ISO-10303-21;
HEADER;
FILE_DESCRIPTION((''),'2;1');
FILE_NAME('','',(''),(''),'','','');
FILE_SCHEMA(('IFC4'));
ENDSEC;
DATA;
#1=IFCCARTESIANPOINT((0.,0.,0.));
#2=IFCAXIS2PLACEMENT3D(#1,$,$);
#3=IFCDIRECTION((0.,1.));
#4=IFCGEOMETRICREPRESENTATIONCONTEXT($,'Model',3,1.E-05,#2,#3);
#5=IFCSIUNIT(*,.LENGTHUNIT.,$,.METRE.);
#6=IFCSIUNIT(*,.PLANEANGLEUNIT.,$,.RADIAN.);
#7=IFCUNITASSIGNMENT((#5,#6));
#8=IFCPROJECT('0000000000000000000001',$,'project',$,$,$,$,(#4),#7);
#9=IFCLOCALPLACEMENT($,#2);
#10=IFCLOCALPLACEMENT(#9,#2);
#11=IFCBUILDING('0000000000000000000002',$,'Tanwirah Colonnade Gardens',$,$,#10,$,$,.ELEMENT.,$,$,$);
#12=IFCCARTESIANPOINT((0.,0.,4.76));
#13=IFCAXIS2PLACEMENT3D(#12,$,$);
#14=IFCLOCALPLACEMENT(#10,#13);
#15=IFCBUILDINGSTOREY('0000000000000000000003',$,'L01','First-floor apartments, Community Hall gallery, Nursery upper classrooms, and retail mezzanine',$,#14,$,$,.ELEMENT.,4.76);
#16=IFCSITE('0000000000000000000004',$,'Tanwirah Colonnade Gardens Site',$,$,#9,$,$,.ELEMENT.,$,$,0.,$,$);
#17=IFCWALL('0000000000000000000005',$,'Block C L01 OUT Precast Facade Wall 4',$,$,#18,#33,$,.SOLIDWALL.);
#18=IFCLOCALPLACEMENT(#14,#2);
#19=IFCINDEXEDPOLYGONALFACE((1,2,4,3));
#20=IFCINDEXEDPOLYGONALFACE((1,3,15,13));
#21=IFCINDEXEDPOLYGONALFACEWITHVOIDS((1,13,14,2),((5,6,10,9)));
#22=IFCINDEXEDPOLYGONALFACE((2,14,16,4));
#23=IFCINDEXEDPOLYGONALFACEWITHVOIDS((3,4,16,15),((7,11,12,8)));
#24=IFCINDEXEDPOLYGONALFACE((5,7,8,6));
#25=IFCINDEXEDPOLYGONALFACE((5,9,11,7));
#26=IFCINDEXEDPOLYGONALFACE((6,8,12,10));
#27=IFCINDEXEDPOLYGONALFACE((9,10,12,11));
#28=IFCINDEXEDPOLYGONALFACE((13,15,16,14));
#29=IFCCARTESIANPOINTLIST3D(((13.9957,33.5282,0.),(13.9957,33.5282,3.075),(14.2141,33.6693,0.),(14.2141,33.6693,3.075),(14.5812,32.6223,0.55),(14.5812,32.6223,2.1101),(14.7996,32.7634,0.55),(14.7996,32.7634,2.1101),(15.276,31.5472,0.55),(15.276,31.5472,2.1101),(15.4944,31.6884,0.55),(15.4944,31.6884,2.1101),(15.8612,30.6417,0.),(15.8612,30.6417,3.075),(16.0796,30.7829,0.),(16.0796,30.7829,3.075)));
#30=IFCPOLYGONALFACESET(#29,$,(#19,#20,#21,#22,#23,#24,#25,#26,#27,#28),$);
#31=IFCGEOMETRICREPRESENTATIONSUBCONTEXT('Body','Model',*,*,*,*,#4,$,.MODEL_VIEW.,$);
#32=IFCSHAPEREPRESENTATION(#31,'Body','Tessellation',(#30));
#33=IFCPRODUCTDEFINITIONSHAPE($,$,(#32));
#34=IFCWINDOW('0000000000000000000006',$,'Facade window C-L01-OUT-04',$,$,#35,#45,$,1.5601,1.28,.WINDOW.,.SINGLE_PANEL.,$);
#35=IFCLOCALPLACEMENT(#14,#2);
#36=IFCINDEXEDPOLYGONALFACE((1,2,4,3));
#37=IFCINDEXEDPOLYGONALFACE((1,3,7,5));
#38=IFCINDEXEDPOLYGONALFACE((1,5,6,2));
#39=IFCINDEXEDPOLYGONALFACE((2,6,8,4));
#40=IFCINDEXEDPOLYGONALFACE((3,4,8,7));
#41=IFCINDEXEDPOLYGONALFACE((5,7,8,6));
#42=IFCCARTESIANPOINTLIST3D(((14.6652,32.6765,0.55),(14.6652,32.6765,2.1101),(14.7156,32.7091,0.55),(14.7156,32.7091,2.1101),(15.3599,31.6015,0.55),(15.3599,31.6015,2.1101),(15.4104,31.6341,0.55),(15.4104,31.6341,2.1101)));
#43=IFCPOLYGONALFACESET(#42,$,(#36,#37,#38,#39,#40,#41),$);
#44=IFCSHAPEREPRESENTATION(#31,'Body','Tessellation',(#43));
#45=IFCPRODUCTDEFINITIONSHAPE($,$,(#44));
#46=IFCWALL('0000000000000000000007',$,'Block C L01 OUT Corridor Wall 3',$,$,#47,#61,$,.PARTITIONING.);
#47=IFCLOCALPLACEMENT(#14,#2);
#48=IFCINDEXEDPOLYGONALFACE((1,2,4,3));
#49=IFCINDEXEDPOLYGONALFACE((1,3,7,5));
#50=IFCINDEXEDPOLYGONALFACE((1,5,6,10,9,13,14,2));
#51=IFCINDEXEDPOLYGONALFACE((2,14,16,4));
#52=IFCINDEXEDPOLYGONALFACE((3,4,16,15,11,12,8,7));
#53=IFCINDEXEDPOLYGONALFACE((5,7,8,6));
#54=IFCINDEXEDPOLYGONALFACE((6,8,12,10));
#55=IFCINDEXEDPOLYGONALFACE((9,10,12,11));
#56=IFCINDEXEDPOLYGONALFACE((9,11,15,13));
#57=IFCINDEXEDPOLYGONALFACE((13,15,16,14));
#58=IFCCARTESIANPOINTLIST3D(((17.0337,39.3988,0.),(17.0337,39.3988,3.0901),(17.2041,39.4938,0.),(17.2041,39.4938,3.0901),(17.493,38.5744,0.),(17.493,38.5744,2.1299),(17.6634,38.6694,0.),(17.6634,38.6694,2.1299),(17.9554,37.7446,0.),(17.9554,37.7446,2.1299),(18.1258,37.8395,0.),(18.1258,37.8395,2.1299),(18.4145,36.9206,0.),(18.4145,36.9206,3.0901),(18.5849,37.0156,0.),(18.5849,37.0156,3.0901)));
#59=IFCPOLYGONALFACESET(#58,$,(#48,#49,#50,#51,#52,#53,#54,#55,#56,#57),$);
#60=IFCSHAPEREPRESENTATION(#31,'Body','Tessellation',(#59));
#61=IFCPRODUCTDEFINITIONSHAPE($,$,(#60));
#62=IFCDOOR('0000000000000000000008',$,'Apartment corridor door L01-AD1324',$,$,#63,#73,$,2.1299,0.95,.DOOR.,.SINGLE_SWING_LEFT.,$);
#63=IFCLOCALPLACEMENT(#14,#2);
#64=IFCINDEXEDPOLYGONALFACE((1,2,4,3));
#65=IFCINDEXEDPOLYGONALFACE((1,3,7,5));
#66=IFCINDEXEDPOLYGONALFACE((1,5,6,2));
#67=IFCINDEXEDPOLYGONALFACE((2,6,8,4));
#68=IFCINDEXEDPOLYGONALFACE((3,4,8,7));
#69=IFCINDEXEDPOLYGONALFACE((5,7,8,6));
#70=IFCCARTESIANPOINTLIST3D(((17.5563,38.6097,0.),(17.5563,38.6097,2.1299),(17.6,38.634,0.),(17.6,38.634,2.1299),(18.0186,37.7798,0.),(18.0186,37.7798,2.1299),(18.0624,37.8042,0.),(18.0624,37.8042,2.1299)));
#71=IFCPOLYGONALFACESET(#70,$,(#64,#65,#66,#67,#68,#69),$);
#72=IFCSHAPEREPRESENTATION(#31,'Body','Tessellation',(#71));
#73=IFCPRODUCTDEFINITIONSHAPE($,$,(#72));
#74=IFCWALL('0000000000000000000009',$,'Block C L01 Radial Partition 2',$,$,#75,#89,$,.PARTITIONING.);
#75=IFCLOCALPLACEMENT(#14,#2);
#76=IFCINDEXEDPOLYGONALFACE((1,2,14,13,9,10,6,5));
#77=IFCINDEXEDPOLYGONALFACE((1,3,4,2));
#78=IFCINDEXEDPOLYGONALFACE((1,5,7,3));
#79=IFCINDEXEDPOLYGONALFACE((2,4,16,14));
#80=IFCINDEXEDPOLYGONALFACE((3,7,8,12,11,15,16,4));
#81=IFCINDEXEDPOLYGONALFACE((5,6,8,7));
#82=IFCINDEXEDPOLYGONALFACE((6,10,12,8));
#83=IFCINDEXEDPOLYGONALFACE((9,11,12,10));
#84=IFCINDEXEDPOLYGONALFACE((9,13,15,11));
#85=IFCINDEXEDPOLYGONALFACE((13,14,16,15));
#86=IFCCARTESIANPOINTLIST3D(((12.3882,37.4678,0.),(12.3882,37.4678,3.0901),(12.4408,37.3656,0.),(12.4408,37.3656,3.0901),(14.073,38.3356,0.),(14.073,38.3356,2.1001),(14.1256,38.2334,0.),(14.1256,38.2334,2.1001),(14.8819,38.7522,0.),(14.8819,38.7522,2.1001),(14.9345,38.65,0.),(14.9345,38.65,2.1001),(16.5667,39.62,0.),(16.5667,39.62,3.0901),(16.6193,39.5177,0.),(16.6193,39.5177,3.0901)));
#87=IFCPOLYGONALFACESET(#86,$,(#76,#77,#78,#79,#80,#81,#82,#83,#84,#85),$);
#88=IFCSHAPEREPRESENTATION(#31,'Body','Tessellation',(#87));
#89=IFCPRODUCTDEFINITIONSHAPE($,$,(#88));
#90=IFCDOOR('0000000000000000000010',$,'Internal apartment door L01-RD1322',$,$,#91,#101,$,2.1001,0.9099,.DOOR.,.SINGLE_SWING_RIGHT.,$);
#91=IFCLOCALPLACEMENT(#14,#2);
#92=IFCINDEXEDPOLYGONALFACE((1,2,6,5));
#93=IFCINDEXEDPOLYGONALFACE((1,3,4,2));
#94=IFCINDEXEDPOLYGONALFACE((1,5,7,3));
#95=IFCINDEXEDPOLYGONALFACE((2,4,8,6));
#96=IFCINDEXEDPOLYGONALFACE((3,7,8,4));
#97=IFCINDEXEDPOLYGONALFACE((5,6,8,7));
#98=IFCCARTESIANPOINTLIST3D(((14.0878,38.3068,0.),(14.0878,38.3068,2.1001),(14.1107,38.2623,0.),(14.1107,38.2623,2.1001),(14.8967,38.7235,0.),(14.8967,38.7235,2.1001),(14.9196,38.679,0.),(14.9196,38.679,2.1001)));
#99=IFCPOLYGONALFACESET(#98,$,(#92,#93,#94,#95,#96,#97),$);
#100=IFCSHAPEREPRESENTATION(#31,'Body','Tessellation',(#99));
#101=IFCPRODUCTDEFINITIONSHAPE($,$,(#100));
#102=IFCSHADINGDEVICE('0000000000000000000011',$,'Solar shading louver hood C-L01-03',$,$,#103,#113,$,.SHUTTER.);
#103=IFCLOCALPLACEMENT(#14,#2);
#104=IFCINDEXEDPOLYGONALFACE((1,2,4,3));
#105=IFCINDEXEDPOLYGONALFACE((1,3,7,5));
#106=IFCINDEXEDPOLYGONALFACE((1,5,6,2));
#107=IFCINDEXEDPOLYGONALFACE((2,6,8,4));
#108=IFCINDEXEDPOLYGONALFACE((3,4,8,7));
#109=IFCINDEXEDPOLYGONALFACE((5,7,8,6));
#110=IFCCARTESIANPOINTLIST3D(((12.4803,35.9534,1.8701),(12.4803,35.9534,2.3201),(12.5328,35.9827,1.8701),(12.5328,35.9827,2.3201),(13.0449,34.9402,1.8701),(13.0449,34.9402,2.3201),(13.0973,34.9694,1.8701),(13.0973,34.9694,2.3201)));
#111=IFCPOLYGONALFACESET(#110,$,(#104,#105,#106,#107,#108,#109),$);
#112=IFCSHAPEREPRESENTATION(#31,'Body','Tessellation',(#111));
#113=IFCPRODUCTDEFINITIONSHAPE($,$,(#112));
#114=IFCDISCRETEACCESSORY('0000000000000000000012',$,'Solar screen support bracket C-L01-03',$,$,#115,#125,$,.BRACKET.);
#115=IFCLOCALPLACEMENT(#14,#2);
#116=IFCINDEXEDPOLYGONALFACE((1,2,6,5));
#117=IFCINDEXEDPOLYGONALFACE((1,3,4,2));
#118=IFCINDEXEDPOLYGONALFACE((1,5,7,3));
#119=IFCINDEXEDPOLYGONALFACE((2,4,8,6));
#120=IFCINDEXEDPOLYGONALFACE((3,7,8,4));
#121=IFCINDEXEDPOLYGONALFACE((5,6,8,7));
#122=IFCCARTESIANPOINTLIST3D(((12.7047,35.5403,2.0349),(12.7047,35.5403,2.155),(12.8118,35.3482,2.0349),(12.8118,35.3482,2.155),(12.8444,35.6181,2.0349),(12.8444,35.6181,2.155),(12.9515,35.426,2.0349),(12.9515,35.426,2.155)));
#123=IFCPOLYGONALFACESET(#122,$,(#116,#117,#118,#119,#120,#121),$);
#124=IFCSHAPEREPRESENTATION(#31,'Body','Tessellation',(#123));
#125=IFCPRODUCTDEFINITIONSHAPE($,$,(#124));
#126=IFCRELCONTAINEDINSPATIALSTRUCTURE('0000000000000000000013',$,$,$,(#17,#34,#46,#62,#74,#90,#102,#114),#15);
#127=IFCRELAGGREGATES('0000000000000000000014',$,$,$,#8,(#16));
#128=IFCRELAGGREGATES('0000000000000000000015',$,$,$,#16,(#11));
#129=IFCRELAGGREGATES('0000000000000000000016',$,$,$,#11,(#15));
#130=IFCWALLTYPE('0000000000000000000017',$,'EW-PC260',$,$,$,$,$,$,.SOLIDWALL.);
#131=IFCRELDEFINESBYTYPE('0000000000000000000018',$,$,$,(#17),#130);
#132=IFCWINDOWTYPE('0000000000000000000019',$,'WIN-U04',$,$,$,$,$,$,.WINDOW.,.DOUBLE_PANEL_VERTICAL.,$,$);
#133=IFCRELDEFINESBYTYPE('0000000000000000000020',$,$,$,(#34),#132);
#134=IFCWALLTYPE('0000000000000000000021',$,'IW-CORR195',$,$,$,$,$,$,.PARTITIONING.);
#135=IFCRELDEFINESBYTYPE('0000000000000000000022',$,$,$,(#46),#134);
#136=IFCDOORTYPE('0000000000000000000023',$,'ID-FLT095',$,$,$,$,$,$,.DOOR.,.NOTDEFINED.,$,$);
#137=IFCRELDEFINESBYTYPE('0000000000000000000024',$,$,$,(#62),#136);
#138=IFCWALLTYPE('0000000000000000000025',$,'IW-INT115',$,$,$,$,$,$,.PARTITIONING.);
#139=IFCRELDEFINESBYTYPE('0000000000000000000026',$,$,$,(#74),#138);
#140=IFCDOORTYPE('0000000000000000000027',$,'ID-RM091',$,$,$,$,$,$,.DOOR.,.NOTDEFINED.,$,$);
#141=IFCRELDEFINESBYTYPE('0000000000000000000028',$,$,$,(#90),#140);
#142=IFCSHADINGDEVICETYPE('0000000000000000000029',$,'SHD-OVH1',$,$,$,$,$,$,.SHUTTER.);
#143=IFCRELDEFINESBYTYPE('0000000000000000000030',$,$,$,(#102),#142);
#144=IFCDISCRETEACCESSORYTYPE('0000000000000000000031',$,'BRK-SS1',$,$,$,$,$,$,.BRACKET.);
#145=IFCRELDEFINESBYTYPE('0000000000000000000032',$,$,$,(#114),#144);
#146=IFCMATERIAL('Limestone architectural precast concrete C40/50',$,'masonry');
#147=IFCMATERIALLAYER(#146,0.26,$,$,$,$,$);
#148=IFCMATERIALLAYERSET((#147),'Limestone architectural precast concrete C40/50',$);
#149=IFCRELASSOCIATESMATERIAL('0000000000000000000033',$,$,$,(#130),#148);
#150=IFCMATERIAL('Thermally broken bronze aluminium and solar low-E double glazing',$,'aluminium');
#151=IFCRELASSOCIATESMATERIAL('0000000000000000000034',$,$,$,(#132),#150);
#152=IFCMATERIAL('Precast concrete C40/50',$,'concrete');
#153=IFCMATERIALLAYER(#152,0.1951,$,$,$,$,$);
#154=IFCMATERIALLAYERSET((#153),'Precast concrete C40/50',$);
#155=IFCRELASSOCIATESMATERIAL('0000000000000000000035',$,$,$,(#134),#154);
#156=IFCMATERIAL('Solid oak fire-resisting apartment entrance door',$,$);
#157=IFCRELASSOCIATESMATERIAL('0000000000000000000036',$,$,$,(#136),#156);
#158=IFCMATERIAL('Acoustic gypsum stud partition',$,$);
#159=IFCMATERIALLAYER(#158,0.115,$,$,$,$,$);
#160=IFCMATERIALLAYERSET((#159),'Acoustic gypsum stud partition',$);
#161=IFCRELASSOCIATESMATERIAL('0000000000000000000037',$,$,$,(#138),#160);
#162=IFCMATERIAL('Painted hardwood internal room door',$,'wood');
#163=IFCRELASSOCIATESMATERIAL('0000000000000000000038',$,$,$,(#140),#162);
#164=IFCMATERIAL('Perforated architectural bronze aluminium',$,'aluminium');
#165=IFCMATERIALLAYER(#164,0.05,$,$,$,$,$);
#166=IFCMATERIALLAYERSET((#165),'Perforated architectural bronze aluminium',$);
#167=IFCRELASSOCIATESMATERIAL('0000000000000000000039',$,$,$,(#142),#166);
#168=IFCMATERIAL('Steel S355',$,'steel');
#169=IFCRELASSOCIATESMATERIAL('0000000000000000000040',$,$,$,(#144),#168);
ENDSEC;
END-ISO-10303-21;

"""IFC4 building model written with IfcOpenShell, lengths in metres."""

from ifc_helpers import new_model, si_unit, direction, frame, frame_2d, origin, origin_2d, place, context, subcontext, project, spatial, rectangle, extrude, material, layer, layer_set, type_object, element, fill, save


model = new_model("IFC4")

# Units and contexts
model_context = context("Model", 3, precision=1e-05, world=origin(), true_north=direction((0.0, 1.0)))
body_context = subcontext(model_context, "Body", "Model", "MODEL_VIEW")
ifc_project = project(units=[si_unit("LENGTHUNIT", "METRE"), si_unit("PLANEANGLEUNIT", "RADIAN")], contexts=[model_context])

# Site, building, storey
site_placement = place(None, origin())
site = spatial("IfcSite", under=ifc_project, at=site_placement, Name="Tanwirah Colonnade Gardens Site", CompositionType="ELEMENT", RefElevation=0.0)
building_placement = place(site_placement, origin())
building = spatial("IfcBuilding", under=site, at=building_placement, Name="Tanwirah Colonnade Gardens", CompositionType="ELEMENT")
storey_placement = place(building_placement, frame((0.0, 0.0, 4.76)))
storey = spatial("IfcBuildingStorey", under=building, at=storey_placement, Name="L01", Description="First-floor apartments, Community Hall gallery, Nursery upper classrooms, and retail mezzanine", CompositionType="ELEMENT", Elevation=4.76)

# Shared definitions
ifc_material_1 = material(Name="Precast concrete C40/50", Category="concrete")

# Wall, opening, window
ifc_material_2 = material(Name="Limestone architectural precast concrete C40/50", Category="masonry")
ifc_layer_1 = layer(ifc_material_2, 0.26)
ifc_layer_set_1 = layer_set([ifc_layer_1], Name="Limestone architectural precast concrete C40/50")
wall_type_1 = type_object("IfcWallType", Name="EW-PC260", PredefinedType="SOLIDWALL", material=ifc_layer_set_1)
ifc_material_3 = material(Name="Thermally broken bronze aluminium and solar low-E double glazing", Category="aluminium")
wall_1_placement = place(storey_placement, frame((14.105, 33.5986, 0.0), z_axis=(0.0, 0.0, 1.0), x_axis=(0.542792, -0.839867, 0.0)))
wall_1 = element("IfcWall", 1, at=wall_1_placement, inside=storey, type_object=wall_type_1, Name="Block C L01 OUT Precast Facade Wall 4", PredefinedType="SOLIDWALL", context=body_context, shape_type="SweptSolid", body=[
    extrude(rectangle(XDim=3.4368, YDim=0.26, at=frame_2d((1.7183, 0.0))), origin(), (0.0, 0.0, 1.0), 3.075),
])
opening_1_placement = place(wall_1_placement, frame((1.0784, 0.0, 0.55)))
opening_1 = element("IfcOpeningElement", 2, at=opening_1_placement, cuts=wall_1, PredefinedType="OPENING", context=body_context, shape_type="SweptSolid", body=[
    extrude(rectangle(XDim=1.28, YDim=1.5601, at=frame_2d((0.6401, 0.78))), frame((0.0, 0.1399, 0.0), z_axis=(0.0, -1.0, 0.0), x_axis=(1.0, 0.0, 0.0)), (0.0, 0.0, 1.0), 0.28),
])
window_type_1 = type_object("IfcWindowType", Name="WIN-U04", PartitioningType="DOUBLE_PANEL_VERTICAL", PredefinedType="WINDOW", material=ifc_material_3)
window_1_placement = place(opening_1_placement, origin())
window_1 = element("IfcWindow", 3, at=window_1_placement, inside=storey, type_object=window_type_1, Name="Facade window C-L01-OUT-04", OverallHeight=1.5601, OverallWidth=1.28, PartitioningType="SINGLE_PANEL", PredefinedType="WINDOW", context=body_context, shape_type="SweptSolid", body=[
    extrude(rectangle(XDim=1.28, YDim=1.5601, at=frame_2d((0.6401, 0.78))), frame((0.0, 0.03, 0.0), z_axis=(0.0, -1.0, 0.0), x_axis=(1.0, 0.0, 0.0)), (0.0, 0.0, 1.0), 0.0601),
])
fill(opening_1, window_1)

# Walls, openings, doors
ifc_layer_2 = layer(ifc_material_1, 0.1951)
ifc_layer_set_2 = layer_set([ifc_layer_2], Name="Precast concrete C40/50")
wall_type_2 = type_object("IfcWallType", Name="IW-CORR195", PredefinedType="PARTITIONING", material=ifc_layer_set_2)
wall_2_placement = place(storey_placement, frame((17.1189, 39.4463, 0.0), z_axis=(0.0, 0.0, 1.0), x_axis=(0.486731, -0.873552, 0.0)))
wall_2 = element("IfcWall", 4, at=wall_2_placement, inside=storey, type_object=wall_type_2, Name="Block C L01 OUT Corridor Wall 3", PredefinedType="PARTITIONING", context=body_context, shape_type="SweptSolid", body=[
    extrude(rectangle(XDim=2.8369, YDim=0.1951, at=frame_2d((1.4185, 0.0))), origin(), (0.0, 0.0, 1.0), 3.0901),
])
opening_2_placement = place(wall_2_placement, frame((0.9436, 0.0, 0.0)))
opening_2 = element("IfcOpeningElement", 5, at=opening_2_placement, cuts=wall_2, PredefinedType="OPENING", context=body_context, shape_type="SweptSolid", body=[
    extrude(rectangle(XDim=0.95, YDim=2.1299, at=frame_2d((0.4751, 1.0649))), frame((0.0, 0.1074, 0.0), z_axis=(0.0, -1.0, 0.0), x_axis=(1.0, 0.0, 0.0)), (0.0, 0.0, 1.0), 0.2151),
])
ifc_material_4 = material(Name="Solid oak fire-resisting apartment entrance door")
door_type_1 = type_object("IfcDoorType", Name="ID-FLT095", OperationType="NOTDEFINED", PredefinedType="DOOR", material=ifc_material_4)
door_1_placement = place(opening_2_placement, origin())
door_1 = element("IfcDoor", 6, at=door_1_placement, inside=storey, type_object=door_type_1, Name="Apartment corridor door L01-AD1324", OperationType="SINGLE_SWING_LEFT", OverallHeight=2.1299, OverallWidth=0.95, PredefinedType="DOOR", context=body_context, shape_type="SweptSolid", body=[
    extrude(rectangle(XDim=0.95, YDim=2.1299, at=frame_2d((0.4751, 1.0649))), frame((0.0, 0.0249, 0.0), z_axis=(0.0, -1.0, 0.0), x_axis=(1.0, 0.0, 0.0)), (0.0, 0.0, 1.0), 0.05),
])
fill(opening_2, door_1)
ifc_material_5 = material(Name="Acoustic gypsum stud partition")
ifc_layer_3 = layer(ifc_material_5, 0.115)
ifc_layer_set_3 = layer_set([ifc_layer_3], Name="Acoustic gypsum stud partition")
wall_type_3 = type_object("IfcWallType", Name="IW-INT115", PredefinedType="PARTITIONING", material=ifc_layer_set_3)
wall_3_placement = place(storey_placement, frame((16.593, 39.5688, 0.0), z_axis=(0.0, 0.0, 1.0), x_axis=(-0.889013, -0.457882, 0.0)))
wall_3 = element("IfcWall", 7, at=wall_3_placement, inside=storey, type_object=wall_type_3, Name="Block C L01 Radial Partition 2", PredefinedType="PARTITIONING", context=body_context, shape_type="SweptSolid", body=[
    extrude(rectangle(XDim=4.7002, YDim=0.115, at=frame_2d((2.3501, 0.0))), origin(), (0.0, 0.0, 1.0), 3.0901),
])
opening_3_placement = place(wall_3_placement, frame((1.895, 0.0, 0.0)))
opening_3 = element("IfcOpeningElement", 8, at=opening_3_placement, cuts=wall_3, PredefinedType="OPENING", context=body_context, shape_type="SweptSolid", body=[
    extrude(rectangle(XDim=0.9099, YDim=2.1001, at=frame_2d((0.4551, 1.05))), frame((0.0, 0.0674, 0.0), z_axis=(0.0, -1.0, 0.0), x_axis=(1.0, 0.0, 0.0)), (0.0, 0.0, 1.0), 0.135),
])
ifc_material_6 = material(Name="Painted hardwood internal room door", Category="wood")
door_type_2 = type_object("IfcDoorType", Name="ID-RM091", OperationType="NOTDEFINED", PredefinedType="DOOR", material=ifc_material_6)
door_2_placement = place(opening_3_placement, origin())
door_2 = element("IfcDoor", 9, at=door_2_placement, inside=storey, type_object=door_type_2, Name="Internal apartment door L01-RD1322", OperationType="SINGLE_SWING_RIGHT", OverallHeight=2.1001, OverallWidth=0.9099, PredefinedType="DOOR", context=body_context, shape_type="SweptSolid", body=[
    extrude(rectangle(XDim=0.9099, YDim=2.1001, at=frame_2d((0.4551, 1.05))), frame((0.0, 0.0249, 0.0), z_axis=(0.0, -1.0, 0.0), x_axis=(1.0, 0.0, 0.0)), (0.0, 0.0, 1.0), 0.05),
])
fill(opening_3, door_2)

# Shading device
ifc_material_7 = material(Name="Perforated architectural bronze aluminium", Category="aluminium")
ifc_layer_4 = layer(ifc_material_7, 0.05)
ifc_layer_set_4 = layer_set([ifc_layer_4], Name="Perforated architectural bronze aluminium")
shading_device_type = type_object("IfcShadingDeviceType", Name="SHD-OVH1", PredefinedType="SHUTTER", material=ifc_layer_set_4)
shading_device_placement = place(storey_placement, frame((12.7888, 35.4614, 1.8701), z_axis=(0.0, 0.0, 1.0), x_axis=(0.486717, -0.87356, 0.0)))
element("IfcShadingDevice", 10, at=shading_device_placement, inside=storey, type_object=shading_device_type, Name="Solar shading louver hood C-L01-03", PredefinedType="SHUTTER", context=body_context, shape_type="SweptSolid", body=[
    extrude(rectangle(XDim=1.1599, YDim=0.0601, at=origin_2d()), origin(), (0.0, 0.0, 1.0), 0.45),
])

# Discrete accessory
ifc_material_8 = material(Name="Steel S355", Category="steel")
discrete_accessory_type = type_object("IfcDiscreteAccessoryType", Name="BRK-SS1", PredefinedType="BRACKET", material=ifc_material_8)
discrete_accessory_placement = place(storey_placement, frame((12.8281, 35.4832, 2.0349), z_axis=(0.0, 0.0, 1.0), x_axis=(0.486717, -0.87356, 0.0)))
element("IfcDiscreteAccessory", 11, at=discrete_accessory_placement, inside=storey, type_object=discrete_accessory_type, Name="Solar screen support bracket C-L01-03", PredefinedType="BRACKET", context=body_context, shape_type="SweptSolid", body=[
    extrude(rectangle(XDim=0.22, YDim=0.1599, at=origin_2d()), origin(), (0.0, 0.0, 1.0), 0.1201),
])

save(model, "model.ifc")
